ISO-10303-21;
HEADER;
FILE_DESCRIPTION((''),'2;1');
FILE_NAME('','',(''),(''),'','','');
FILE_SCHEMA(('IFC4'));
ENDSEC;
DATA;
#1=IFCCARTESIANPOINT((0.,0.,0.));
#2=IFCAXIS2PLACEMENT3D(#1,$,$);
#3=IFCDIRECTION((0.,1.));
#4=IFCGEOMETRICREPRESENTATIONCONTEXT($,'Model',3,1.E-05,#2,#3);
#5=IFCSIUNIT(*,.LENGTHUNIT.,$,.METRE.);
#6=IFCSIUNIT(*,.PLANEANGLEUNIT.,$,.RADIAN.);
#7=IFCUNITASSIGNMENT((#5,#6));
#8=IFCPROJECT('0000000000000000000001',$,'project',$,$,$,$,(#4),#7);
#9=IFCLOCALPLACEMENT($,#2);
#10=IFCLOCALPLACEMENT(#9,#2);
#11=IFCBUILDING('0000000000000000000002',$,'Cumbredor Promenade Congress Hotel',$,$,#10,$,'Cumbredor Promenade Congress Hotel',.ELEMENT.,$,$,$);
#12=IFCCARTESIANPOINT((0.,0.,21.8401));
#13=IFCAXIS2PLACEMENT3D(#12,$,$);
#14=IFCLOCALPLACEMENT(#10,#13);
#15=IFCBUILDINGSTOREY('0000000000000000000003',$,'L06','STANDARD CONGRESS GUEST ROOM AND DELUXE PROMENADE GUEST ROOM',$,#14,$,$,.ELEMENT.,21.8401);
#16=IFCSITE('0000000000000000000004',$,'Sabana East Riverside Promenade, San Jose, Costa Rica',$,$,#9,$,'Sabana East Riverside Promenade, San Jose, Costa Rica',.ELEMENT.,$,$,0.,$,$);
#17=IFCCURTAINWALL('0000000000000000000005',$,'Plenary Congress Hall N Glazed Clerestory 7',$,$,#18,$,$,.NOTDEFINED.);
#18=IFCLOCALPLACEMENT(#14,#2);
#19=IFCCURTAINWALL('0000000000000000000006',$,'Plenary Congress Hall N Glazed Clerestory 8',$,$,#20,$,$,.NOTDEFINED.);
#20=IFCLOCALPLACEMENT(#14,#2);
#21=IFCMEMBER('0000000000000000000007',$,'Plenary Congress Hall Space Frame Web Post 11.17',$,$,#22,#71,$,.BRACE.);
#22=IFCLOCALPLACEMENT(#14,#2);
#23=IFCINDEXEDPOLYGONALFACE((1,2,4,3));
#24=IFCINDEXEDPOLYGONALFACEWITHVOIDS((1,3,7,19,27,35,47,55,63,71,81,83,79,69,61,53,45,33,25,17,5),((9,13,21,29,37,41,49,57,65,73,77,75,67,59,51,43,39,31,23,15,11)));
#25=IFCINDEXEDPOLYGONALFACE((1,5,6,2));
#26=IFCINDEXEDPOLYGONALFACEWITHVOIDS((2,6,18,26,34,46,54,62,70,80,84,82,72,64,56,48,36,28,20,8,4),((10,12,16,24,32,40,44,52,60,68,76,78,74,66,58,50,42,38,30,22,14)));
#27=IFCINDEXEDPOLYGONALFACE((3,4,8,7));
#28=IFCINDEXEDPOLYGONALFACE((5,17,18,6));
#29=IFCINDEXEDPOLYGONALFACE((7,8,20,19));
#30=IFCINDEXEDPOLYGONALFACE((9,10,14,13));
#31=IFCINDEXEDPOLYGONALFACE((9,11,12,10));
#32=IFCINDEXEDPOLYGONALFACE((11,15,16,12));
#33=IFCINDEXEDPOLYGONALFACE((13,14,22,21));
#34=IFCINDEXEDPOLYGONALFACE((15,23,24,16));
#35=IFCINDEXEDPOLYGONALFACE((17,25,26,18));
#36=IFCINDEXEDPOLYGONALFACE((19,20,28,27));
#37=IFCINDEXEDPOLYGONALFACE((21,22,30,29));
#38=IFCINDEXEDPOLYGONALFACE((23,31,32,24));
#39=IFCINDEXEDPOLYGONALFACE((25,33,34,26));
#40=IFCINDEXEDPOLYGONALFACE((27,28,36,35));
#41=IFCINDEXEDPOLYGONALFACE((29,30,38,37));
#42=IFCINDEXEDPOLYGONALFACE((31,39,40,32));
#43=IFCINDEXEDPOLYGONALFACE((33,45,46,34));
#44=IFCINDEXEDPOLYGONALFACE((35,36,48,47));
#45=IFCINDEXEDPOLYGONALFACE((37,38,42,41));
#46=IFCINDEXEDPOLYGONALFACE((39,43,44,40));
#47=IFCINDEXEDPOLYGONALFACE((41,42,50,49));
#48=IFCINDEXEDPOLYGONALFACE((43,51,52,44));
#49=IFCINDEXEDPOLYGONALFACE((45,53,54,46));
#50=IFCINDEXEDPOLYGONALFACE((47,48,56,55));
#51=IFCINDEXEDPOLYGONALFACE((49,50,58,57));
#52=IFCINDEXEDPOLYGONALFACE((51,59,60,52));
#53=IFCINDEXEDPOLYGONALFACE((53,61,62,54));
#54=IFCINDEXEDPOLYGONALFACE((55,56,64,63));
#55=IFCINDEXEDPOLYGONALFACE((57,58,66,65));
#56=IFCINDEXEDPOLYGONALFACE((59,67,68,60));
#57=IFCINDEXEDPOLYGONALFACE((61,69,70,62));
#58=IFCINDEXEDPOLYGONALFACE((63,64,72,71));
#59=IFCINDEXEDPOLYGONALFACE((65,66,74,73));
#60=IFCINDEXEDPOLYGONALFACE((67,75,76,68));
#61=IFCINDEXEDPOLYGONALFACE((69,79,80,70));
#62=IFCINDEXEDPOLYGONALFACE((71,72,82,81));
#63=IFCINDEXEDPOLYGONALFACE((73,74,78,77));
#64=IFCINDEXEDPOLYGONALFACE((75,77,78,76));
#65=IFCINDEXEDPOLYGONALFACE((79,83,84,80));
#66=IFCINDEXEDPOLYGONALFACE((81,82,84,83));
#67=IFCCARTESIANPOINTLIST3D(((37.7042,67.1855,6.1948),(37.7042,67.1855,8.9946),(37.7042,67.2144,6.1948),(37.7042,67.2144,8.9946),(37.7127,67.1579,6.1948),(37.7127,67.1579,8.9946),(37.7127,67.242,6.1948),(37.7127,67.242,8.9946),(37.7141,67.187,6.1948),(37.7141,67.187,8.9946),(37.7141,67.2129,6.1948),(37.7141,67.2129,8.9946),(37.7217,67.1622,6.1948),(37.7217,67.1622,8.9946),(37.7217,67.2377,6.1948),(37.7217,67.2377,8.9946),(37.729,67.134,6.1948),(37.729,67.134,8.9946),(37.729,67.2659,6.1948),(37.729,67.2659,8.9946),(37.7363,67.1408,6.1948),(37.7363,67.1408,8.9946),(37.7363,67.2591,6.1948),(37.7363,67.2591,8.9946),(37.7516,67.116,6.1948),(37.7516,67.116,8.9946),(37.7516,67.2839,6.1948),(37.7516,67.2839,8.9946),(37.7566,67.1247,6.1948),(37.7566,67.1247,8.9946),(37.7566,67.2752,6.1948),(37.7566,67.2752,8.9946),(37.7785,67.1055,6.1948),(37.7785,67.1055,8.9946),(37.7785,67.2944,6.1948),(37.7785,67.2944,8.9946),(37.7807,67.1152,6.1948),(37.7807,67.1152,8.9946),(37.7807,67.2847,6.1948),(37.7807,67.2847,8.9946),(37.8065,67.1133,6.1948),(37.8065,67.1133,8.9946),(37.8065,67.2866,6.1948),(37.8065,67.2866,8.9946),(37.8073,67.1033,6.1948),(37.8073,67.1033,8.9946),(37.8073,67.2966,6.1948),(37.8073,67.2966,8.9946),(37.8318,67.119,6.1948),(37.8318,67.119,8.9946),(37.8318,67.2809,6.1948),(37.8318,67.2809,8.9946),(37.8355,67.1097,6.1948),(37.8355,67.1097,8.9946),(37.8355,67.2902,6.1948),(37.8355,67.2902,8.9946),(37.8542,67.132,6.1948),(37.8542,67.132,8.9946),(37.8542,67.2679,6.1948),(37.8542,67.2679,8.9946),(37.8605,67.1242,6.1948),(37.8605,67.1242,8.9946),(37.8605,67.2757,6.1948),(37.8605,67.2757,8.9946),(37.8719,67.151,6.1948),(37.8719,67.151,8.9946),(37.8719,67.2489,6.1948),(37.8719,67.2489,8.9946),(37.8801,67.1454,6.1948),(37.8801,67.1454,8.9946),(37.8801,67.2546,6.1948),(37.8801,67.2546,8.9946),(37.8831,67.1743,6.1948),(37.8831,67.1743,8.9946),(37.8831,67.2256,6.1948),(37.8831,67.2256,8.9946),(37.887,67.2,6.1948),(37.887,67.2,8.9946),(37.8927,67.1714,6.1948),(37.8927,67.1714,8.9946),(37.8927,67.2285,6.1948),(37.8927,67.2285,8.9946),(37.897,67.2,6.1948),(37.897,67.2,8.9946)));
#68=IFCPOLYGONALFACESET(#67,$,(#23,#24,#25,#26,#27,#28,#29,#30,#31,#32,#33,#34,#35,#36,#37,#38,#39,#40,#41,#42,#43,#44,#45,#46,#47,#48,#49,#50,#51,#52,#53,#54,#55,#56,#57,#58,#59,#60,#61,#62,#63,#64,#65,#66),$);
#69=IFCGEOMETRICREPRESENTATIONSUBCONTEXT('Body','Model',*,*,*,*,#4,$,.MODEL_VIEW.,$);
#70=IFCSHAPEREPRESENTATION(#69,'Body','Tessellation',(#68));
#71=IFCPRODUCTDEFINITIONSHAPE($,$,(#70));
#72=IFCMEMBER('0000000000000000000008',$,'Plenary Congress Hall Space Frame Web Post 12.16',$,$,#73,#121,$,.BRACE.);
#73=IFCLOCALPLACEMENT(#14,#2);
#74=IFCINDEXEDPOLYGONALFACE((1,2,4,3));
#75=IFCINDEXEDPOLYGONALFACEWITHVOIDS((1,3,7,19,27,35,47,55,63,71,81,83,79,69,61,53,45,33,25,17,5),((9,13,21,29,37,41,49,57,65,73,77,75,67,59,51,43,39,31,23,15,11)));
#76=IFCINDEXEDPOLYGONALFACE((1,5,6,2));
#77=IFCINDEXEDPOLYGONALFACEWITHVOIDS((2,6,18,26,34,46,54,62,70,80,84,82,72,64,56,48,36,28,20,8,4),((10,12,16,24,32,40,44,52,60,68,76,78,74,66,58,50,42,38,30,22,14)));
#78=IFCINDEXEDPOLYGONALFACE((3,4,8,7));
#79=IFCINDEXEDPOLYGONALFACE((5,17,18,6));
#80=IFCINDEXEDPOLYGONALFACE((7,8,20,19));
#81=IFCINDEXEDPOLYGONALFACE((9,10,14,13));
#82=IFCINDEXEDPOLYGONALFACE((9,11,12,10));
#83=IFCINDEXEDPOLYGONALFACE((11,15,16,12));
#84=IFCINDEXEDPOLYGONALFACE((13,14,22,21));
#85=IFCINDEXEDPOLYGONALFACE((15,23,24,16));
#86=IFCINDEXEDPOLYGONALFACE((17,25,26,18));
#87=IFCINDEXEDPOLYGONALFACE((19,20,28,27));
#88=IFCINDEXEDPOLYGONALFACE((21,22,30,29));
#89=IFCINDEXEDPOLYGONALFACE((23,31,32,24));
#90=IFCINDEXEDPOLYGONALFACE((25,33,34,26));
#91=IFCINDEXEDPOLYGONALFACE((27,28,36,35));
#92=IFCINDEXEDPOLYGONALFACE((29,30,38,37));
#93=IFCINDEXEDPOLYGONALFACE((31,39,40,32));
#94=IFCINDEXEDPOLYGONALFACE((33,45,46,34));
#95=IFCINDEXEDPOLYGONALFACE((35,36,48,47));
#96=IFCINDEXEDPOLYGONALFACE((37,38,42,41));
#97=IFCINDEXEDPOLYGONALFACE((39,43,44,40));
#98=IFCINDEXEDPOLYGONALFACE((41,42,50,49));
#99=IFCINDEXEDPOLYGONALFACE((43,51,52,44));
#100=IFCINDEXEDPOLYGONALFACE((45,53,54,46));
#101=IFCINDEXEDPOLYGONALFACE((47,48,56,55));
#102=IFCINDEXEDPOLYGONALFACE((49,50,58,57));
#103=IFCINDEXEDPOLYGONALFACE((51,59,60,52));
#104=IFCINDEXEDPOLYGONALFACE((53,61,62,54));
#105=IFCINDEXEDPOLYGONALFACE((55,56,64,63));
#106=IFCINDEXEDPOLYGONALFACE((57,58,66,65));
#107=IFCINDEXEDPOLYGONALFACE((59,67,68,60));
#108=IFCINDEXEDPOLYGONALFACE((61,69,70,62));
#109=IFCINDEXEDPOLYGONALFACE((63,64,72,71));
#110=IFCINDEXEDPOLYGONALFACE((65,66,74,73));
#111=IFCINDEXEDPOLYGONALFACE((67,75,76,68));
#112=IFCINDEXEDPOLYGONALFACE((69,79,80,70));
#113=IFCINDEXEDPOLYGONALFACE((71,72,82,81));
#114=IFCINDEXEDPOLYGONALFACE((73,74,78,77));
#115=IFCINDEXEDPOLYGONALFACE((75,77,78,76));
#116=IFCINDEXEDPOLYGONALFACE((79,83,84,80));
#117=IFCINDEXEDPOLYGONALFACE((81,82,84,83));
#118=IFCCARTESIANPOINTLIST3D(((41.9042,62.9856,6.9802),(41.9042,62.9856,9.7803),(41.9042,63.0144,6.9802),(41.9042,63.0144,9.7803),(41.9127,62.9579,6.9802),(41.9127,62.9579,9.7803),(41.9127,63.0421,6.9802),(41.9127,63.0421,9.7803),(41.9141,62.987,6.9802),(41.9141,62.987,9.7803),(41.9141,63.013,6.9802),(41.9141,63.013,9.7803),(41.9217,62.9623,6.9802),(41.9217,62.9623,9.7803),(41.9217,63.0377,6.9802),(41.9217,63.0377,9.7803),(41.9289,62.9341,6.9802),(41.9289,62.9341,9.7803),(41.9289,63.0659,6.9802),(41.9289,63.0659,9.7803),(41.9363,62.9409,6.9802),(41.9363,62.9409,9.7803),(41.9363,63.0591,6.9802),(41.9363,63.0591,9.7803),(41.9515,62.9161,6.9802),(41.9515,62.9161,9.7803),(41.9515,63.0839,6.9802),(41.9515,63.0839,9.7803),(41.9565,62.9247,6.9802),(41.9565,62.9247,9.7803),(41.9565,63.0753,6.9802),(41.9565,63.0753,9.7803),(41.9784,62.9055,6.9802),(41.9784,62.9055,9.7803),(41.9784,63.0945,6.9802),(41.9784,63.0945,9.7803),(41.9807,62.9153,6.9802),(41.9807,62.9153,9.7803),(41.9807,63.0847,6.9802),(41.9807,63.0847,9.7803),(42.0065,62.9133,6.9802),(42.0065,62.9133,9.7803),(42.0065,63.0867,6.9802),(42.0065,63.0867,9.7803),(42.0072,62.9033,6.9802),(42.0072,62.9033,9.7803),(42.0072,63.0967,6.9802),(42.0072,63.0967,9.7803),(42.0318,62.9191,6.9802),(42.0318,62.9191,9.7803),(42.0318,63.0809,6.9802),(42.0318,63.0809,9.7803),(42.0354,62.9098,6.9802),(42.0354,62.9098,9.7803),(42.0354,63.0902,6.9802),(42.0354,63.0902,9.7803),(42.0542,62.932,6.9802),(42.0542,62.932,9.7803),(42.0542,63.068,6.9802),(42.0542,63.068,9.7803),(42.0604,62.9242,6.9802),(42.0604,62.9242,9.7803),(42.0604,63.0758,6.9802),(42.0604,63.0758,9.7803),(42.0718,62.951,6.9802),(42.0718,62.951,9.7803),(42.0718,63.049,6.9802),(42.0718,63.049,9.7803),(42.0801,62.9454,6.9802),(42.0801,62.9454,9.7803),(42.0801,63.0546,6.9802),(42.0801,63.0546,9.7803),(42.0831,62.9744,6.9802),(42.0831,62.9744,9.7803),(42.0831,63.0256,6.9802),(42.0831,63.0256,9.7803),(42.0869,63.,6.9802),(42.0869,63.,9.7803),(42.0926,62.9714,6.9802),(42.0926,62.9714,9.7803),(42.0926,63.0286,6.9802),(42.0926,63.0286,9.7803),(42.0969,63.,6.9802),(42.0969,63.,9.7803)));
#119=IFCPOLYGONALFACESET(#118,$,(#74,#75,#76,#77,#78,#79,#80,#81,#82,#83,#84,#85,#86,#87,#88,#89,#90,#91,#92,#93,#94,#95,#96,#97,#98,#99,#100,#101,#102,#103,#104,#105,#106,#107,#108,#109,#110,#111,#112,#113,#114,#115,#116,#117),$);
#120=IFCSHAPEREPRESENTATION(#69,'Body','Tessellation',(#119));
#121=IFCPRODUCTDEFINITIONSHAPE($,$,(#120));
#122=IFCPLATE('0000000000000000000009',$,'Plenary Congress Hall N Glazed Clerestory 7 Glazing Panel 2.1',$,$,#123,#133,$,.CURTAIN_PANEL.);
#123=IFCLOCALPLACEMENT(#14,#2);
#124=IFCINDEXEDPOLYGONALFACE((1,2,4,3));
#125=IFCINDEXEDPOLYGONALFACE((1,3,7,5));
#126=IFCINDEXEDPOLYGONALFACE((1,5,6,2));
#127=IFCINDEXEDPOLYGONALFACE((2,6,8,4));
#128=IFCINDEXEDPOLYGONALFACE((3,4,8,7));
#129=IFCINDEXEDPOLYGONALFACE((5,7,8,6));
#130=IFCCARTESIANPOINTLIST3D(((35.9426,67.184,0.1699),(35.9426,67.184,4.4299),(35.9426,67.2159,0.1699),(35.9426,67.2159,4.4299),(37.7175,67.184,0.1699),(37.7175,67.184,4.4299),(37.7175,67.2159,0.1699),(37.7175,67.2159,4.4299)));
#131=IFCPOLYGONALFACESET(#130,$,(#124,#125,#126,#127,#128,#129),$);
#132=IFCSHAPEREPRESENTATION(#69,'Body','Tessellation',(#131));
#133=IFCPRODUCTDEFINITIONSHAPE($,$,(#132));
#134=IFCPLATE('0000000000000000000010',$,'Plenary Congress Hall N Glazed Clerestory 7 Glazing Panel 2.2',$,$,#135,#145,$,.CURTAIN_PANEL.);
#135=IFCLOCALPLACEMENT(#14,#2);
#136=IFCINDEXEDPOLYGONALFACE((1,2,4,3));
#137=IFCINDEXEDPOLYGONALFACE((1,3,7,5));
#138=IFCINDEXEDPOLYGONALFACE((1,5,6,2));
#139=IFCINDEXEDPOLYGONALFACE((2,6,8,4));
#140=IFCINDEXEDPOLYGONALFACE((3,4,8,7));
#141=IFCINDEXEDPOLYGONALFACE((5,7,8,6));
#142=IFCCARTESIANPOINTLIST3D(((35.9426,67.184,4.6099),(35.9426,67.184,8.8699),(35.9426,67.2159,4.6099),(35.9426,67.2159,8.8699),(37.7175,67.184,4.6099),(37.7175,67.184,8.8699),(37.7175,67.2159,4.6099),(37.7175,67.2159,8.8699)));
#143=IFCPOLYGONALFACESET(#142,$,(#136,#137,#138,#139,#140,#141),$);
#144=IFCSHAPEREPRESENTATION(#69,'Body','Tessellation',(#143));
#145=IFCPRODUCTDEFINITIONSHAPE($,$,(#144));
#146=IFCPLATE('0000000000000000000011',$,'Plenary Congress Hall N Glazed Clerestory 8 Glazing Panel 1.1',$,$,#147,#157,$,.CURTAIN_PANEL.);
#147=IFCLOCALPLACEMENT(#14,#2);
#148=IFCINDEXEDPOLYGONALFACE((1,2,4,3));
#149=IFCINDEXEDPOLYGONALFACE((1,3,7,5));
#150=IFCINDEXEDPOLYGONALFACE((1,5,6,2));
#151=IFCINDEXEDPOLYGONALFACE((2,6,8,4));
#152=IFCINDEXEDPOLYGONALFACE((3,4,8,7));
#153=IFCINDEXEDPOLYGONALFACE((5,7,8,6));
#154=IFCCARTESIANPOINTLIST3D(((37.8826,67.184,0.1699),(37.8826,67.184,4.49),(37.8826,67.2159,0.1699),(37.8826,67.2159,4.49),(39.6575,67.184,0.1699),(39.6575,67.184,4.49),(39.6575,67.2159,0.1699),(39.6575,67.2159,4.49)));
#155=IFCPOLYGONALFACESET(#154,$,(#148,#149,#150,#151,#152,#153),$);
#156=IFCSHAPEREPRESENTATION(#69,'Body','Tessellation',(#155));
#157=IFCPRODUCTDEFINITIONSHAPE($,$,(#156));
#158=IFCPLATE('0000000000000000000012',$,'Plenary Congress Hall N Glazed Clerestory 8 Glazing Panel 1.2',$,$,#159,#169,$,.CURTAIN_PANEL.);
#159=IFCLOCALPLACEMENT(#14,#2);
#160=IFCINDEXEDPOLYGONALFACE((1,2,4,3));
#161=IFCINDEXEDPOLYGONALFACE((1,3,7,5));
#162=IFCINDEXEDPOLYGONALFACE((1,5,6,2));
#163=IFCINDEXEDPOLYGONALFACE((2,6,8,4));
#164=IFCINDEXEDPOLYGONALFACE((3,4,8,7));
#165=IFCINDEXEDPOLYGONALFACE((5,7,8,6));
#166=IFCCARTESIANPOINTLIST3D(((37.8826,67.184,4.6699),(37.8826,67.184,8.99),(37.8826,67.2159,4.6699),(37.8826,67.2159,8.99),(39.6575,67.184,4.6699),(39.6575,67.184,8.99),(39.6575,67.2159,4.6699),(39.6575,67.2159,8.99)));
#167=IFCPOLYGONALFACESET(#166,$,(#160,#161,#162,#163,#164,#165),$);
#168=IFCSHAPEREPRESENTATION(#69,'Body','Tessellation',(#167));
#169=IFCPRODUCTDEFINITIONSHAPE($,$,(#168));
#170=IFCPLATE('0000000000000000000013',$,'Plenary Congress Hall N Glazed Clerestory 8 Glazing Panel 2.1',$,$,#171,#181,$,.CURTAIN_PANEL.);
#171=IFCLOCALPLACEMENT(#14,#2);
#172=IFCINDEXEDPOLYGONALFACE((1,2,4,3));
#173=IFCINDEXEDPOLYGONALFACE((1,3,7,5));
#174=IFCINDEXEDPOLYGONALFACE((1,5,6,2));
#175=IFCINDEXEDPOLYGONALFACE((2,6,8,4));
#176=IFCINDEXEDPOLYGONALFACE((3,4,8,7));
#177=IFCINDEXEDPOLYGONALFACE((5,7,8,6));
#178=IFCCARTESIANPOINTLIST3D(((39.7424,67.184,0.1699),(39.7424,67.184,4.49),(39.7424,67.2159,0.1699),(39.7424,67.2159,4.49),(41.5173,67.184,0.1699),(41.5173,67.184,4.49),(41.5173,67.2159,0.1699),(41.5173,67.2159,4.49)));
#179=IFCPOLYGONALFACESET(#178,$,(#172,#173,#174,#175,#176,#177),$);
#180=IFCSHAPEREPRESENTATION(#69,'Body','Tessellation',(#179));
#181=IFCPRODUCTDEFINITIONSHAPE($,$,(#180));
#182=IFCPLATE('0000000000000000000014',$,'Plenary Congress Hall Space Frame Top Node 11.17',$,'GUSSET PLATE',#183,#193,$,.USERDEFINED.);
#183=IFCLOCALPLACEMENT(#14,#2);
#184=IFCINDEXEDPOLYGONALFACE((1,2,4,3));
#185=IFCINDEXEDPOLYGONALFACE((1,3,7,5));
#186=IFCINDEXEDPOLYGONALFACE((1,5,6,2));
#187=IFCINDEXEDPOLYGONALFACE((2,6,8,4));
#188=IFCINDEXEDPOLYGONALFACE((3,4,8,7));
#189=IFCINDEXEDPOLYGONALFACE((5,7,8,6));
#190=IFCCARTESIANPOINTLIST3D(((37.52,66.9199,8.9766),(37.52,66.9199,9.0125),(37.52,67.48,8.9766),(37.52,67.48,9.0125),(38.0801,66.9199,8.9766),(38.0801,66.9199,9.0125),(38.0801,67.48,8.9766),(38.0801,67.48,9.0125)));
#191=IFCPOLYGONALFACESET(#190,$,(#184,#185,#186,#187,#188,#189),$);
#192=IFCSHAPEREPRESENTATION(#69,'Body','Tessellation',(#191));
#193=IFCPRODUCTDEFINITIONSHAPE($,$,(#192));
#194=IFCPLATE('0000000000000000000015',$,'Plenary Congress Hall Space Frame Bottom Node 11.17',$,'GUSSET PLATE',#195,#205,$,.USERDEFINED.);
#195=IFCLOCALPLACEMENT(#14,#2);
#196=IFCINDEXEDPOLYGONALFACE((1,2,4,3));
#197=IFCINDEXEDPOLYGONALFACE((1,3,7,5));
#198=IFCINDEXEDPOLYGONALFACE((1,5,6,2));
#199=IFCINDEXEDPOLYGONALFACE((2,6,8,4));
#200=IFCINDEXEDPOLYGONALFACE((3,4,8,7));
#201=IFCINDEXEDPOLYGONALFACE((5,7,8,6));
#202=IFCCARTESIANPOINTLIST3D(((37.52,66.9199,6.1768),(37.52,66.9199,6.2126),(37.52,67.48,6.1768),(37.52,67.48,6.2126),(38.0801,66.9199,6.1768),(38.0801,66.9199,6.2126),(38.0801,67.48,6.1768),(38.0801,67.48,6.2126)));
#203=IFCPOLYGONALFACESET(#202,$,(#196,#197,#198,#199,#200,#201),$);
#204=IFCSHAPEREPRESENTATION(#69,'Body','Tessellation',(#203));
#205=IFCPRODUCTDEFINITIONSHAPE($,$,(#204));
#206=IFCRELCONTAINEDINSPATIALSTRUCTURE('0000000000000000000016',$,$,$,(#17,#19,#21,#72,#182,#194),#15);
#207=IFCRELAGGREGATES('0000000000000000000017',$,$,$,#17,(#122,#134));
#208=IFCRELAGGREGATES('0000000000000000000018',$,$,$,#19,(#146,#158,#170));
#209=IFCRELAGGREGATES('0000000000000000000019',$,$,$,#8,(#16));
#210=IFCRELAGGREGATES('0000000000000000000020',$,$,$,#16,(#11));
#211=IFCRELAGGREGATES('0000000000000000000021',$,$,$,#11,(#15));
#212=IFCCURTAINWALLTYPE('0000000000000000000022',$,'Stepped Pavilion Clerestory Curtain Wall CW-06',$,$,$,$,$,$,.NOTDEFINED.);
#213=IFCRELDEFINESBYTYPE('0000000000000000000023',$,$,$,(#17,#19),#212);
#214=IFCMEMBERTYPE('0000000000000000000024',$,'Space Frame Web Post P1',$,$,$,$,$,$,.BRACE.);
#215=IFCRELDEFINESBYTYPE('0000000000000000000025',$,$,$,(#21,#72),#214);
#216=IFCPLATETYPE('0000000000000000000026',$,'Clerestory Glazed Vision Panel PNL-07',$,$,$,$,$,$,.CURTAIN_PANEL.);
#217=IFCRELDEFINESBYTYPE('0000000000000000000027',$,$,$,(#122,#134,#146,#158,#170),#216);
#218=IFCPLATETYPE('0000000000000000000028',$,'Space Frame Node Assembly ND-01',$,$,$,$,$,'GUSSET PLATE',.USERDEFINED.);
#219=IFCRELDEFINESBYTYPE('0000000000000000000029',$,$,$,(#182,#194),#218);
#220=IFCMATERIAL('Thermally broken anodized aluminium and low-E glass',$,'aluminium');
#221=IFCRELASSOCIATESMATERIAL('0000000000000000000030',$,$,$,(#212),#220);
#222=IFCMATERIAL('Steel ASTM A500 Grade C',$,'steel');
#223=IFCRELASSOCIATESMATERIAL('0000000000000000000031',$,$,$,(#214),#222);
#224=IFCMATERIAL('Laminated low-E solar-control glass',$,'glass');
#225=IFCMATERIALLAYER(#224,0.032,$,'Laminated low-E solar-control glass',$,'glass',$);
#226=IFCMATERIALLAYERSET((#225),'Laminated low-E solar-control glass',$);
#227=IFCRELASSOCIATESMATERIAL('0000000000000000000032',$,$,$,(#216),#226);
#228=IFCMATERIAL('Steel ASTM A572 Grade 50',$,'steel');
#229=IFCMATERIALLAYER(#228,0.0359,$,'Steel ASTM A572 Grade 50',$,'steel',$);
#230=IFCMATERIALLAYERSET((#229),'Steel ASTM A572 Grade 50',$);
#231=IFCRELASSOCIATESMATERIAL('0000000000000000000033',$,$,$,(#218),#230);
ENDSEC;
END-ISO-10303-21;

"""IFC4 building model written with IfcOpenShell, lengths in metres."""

from ifc_helpers import new_model, si_unit, direction, frame, origin, origin_2d, place, context, subcontext, project, spatial, rectangle, hollow_circle, extrude, material, layer, layer_set, material_profile, profile_set, type_object, element, aggregate, save


model = new_model("IFC4")

# Units and contexts
model_context = context("Model", 3, precision=1e-05, world=origin(), true_north=direction((0.0, 1.0)))
body_context = subcontext(model_context, "Body", "Model", "MODEL_VIEW")
ifc_project = project(units=[si_unit("LENGTHUNIT", "METRE"), si_unit("PLANEANGLEUNIT", "RADIAN")], contexts=[model_context])

# Site, building, storey
site_placement = place(None, origin())
site = spatial("IfcSite", under=ifc_project, at=site_placement, Name="Sabana East Riverside Promenade, San Jose, Costa Rica", LongName="Sabana East Riverside Promenade, San Jose, Costa Rica", CompositionType="ELEMENT", RefElevation=0.0)
building_placement = place(site_placement, origin())
building = spatial("IfcBuilding", under=site, at=building_placement, Name="Cumbredor Promenade Congress Hotel", LongName="Cumbredor Promenade Congress Hotel", CompositionType="ELEMENT")
storey_placement = place(building_placement, frame((0.0, 0.0, 21.8401)))
storey = spatial("IfcBuildingStorey", under=building, at=storey_placement, Name="L06", Description="STANDARD CONGRESS GUEST ROOM AND DELUXE PROMENADE GUEST ROOM", CompositionType="ELEMENT", Elevation=21.8401)

# Curtain walls
ifc_material_1 = material(Name="Thermally broken anodized aluminium and low-E glass", Category="aluminium")
curtain_wall_type = type_object("IfcCurtainWallType", Name="Stepped Pavilion Clerestory Curtain Wall CW-06", PredefinedType="NOTDEFINED", material=ifc_material_1)
curtain_wall_1_placement = place(storey_placement, origin())
curtain_wall_1 = element("IfcCurtainWall", 1, at=curtain_wall_1_placement, inside=storey, type_object=curtain_wall_type, Name="Plenary Congress Hall N Glazed Clerestory 7", PredefinedType="NOTDEFINED")
curtain_wall_2_placement = place(storey_placement, origin())
curtain_wall_2 = element("IfcCurtainWall", 2, at=curtain_wall_2_placement, inside=storey, type_object=curtain_wall_type, Name="Plenary Congress Hall N Glazed Clerestory 8", PredefinedType="NOTDEFINED")

# Members
ifc_material_2 = material(Name="Steel ASTM A500 Grade C", Category="steel")
ifc_material_profile_1 = material_profile(ifc_material_2, hollow_circle(Radius=0.0969, WallThickness=0.01, at=origin_2d()), Name="CHS 193.7x10")
ifc_profile_set_1 = profile_set([ifc_material_profile_1], Name="Steel ASTM A500 Grade C")
member_type_1 = type_object("IfcMemberType", Name="Space Frame Web Post P1", PredefinedType="BRACE", material=ifc_profile_set_1)
member_1_placement = place(storey_placement, frame((37.8, 67.2, 6.1948), z_axis=(0.0, 0.0, 1.0), x_axis=(1.0, 0.0, 0.0)))
element("IfcMember", 3, at=member_1_placement, inside=storey, type_object=member_type_1, Name="Plenary Congress Hall Space Frame Web Post 11.17", PredefinedType="BRACE", context=body_context, shape_type="SweptSolid", body=[
    extrude(hollow_circle(Radius=0.0969, WallThickness=0.01, at=origin_2d()), origin(), (0.0, 0.0, 1.0), 2.7998),
])
member_2_placement = place(storey_placement, frame((42.0, 63.0, 6.9802), z_axis=(0.0, 0.0, 1.0), x_axis=(1.0, 0.0, 0.0)))
element("IfcMember", 4, at=member_2_placement, inside=storey, type_object=member_type_1, Name="Plenary Congress Hall Space Frame Web Post 12.16", PredefinedType="BRACE", context=body_context, shape_type="SweptSolid", body=[
    extrude(hollow_circle(Radius=0.0969, WallThickness=0.01, at=origin_2d()), origin(), (0.0, 0.0, 1.0), 2.8),
])

# Plates
ifc_material_3 = material(Name="Laminated low-E solar-control glass", Category="glass")
ifc_layer_1 = layer(ifc_material_3, 0.032, Name="Laminated low-E solar-control glass", Category="glass")
ifc_layer_set_1 = layer_set([ifc_layer_1], Name="Laminated low-E solar-control glass")
plate_type_1 = type_object("IfcPlateType", Name="Clerestory Glazed Vision Panel PNL-07", PredefinedType="CURTAIN_PANEL", material=ifc_layer_set_1)
plate_1_placement = place(storey_placement, frame((36.8301, 67.2, 0.1699), z_axis=(0.0, 0.0, 1.0), x_axis=(1.0, 0.0, 0.0)))
plate_1 = element("IfcPlate", 5, at=plate_1_placement, type_object=plate_type_1, Name="Plenary Congress Hall N Glazed Clerestory 7 Glazing Panel 2.1", PredefinedType="CURTAIN_PANEL", context=body_context, shape_type="SweptSolid", body=[
    extrude(rectangle(XDim=1.7749, YDim=0.032, at=origin_2d()), origin(), (0.0, 0.0, 1.0), 4.26),
])
plate_2_placement = place(storey_placement, frame((36.8301, 67.2, 4.6099), z_axis=(0.0, 0.0, 1.0), x_axis=(1.0, 0.0, 0.0)))
plate_2 = element("IfcPlate", 6, at=plate_2_placement, type_object=plate_type_1, Name="Plenary Congress Hall N Glazed Clerestory 7 Glazing Panel 2.2", PredefinedType="CURTAIN_PANEL", context=body_context, shape_type="SweptSolid", body=[
    extrude(rectangle(XDim=1.7749, YDim=0.032, at=origin_2d()), origin(), (0.0, 0.0, 1.0), 4.26),
])
aggregate(curtain_wall_1, [plate_1, plate_2])
plate_3_placement = place(storey_placement, frame((38.77, 67.2, 0.1699), z_axis=(0.0, 0.0, 1.0), x_axis=(1.0, 0.0, 0.0)))
plate_3 = element("IfcPlate", 7, at=plate_3_placement, type_object=plate_type_1, Name="Plenary Congress Hall N Glazed Clerestory 8 Glazing Panel 1.1", PredefinedType="CURTAIN_PANEL", context=body_context, shape_type="SweptSolid", body=[
    extrude(rectangle(XDim=1.7749, YDim=0.032, at=origin_2d()), origin(), (0.0, 0.0, 1.0), 4.3201),
])
plate_4_placement = place(storey_placement, frame((38.77, 67.2, 4.6699), z_axis=(0.0, 0.0, 1.0), x_axis=(1.0, 0.0, 0.0)))
plate_4 = element("IfcPlate", 8, at=plate_4_placement, type_object=plate_type_1, Name="Plenary Congress Hall N Glazed Clerestory 8 Glazing Panel 1.2", PredefinedType="CURTAIN_PANEL", context=body_context, shape_type="SweptSolid", body=[
    extrude(rectangle(XDim=1.7749, YDim=0.032, at=origin_2d()), origin(), (0.0, 0.0, 1.0), 4.3201),
])
plate_5_placement = place(storey_placement, frame((40.6299, 67.2, 0.1699), z_axis=(0.0, 0.0, 1.0), x_axis=(1.0, 0.0, 0.0)))
plate_5 = element("IfcPlate", 9, at=plate_5_placement, type_object=plate_type_1, Name="Plenary Congress Hall N Glazed Clerestory 8 Glazing Panel 2.1", PredefinedType="CURTAIN_PANEL", context=body_context, shape_type="SweptSolid", body=[
    extrude(rectangle(XDim=1.7749, YDim=0.032, at=origin_2d()), origin(), (0.0, 0.0, 1.0), 4.3201),
])
aggregate(curtain_wall_2, [plate_3, plate_4, plate_5])

# Plates
ifc_material_4 = material(Name="Steel ASTM A572 Grade 50", Category="steel")
ifc_layer_2 = layer(ifc_material_4, 0.0359, Name="Steel ASTM A572 Grade 50", Category="steel")
ifc_layer_set_2 = layer_set([ifc_layer_2], Name="Steel ASTM A572 Grade 50")
plate_type_2 = type_object("IfcPlateType", Name="Space Frame Node Assembly ND-01", ElementType="GUSSET PLATE", PredefinedType="USERDEFINED", material=ifc_layer_set_2)
for number, where, z_axis, x_axis, name in (
    (10, (37.8, 67.2, 8.9766), (0.0, 0.0, 1.0), (1.0, 0.0, 0.0), "Plenary Congress Hall Space Frame Top Node 11.17"),
    (11, (37.8, 67.2, 6.1768), (0.0, 0.0, 1.0), (1.0, 0.0, 0.0), "Plenary Congress Hall Space Frame Bottom Node 11.17"),
):
    element("IfcPlate", number, at=place(storey_placement, frame(where, z_axis=z_axis, x_axis=x_axis)), inside=storey, type_object=plate_type_2, Name=name, ObjectType="GUSSET PLATE", PredefinedType="USERDEFINED", context=body_context, shape_type="SweptSolid", body=[
        extrude(rectangle(XDim=0.5601, YDim=0.5601, at=origin_2d()), origin(), (0.0, 0.0, 1.0), 0.0359),
    ])

save(model, "model.ifc")
